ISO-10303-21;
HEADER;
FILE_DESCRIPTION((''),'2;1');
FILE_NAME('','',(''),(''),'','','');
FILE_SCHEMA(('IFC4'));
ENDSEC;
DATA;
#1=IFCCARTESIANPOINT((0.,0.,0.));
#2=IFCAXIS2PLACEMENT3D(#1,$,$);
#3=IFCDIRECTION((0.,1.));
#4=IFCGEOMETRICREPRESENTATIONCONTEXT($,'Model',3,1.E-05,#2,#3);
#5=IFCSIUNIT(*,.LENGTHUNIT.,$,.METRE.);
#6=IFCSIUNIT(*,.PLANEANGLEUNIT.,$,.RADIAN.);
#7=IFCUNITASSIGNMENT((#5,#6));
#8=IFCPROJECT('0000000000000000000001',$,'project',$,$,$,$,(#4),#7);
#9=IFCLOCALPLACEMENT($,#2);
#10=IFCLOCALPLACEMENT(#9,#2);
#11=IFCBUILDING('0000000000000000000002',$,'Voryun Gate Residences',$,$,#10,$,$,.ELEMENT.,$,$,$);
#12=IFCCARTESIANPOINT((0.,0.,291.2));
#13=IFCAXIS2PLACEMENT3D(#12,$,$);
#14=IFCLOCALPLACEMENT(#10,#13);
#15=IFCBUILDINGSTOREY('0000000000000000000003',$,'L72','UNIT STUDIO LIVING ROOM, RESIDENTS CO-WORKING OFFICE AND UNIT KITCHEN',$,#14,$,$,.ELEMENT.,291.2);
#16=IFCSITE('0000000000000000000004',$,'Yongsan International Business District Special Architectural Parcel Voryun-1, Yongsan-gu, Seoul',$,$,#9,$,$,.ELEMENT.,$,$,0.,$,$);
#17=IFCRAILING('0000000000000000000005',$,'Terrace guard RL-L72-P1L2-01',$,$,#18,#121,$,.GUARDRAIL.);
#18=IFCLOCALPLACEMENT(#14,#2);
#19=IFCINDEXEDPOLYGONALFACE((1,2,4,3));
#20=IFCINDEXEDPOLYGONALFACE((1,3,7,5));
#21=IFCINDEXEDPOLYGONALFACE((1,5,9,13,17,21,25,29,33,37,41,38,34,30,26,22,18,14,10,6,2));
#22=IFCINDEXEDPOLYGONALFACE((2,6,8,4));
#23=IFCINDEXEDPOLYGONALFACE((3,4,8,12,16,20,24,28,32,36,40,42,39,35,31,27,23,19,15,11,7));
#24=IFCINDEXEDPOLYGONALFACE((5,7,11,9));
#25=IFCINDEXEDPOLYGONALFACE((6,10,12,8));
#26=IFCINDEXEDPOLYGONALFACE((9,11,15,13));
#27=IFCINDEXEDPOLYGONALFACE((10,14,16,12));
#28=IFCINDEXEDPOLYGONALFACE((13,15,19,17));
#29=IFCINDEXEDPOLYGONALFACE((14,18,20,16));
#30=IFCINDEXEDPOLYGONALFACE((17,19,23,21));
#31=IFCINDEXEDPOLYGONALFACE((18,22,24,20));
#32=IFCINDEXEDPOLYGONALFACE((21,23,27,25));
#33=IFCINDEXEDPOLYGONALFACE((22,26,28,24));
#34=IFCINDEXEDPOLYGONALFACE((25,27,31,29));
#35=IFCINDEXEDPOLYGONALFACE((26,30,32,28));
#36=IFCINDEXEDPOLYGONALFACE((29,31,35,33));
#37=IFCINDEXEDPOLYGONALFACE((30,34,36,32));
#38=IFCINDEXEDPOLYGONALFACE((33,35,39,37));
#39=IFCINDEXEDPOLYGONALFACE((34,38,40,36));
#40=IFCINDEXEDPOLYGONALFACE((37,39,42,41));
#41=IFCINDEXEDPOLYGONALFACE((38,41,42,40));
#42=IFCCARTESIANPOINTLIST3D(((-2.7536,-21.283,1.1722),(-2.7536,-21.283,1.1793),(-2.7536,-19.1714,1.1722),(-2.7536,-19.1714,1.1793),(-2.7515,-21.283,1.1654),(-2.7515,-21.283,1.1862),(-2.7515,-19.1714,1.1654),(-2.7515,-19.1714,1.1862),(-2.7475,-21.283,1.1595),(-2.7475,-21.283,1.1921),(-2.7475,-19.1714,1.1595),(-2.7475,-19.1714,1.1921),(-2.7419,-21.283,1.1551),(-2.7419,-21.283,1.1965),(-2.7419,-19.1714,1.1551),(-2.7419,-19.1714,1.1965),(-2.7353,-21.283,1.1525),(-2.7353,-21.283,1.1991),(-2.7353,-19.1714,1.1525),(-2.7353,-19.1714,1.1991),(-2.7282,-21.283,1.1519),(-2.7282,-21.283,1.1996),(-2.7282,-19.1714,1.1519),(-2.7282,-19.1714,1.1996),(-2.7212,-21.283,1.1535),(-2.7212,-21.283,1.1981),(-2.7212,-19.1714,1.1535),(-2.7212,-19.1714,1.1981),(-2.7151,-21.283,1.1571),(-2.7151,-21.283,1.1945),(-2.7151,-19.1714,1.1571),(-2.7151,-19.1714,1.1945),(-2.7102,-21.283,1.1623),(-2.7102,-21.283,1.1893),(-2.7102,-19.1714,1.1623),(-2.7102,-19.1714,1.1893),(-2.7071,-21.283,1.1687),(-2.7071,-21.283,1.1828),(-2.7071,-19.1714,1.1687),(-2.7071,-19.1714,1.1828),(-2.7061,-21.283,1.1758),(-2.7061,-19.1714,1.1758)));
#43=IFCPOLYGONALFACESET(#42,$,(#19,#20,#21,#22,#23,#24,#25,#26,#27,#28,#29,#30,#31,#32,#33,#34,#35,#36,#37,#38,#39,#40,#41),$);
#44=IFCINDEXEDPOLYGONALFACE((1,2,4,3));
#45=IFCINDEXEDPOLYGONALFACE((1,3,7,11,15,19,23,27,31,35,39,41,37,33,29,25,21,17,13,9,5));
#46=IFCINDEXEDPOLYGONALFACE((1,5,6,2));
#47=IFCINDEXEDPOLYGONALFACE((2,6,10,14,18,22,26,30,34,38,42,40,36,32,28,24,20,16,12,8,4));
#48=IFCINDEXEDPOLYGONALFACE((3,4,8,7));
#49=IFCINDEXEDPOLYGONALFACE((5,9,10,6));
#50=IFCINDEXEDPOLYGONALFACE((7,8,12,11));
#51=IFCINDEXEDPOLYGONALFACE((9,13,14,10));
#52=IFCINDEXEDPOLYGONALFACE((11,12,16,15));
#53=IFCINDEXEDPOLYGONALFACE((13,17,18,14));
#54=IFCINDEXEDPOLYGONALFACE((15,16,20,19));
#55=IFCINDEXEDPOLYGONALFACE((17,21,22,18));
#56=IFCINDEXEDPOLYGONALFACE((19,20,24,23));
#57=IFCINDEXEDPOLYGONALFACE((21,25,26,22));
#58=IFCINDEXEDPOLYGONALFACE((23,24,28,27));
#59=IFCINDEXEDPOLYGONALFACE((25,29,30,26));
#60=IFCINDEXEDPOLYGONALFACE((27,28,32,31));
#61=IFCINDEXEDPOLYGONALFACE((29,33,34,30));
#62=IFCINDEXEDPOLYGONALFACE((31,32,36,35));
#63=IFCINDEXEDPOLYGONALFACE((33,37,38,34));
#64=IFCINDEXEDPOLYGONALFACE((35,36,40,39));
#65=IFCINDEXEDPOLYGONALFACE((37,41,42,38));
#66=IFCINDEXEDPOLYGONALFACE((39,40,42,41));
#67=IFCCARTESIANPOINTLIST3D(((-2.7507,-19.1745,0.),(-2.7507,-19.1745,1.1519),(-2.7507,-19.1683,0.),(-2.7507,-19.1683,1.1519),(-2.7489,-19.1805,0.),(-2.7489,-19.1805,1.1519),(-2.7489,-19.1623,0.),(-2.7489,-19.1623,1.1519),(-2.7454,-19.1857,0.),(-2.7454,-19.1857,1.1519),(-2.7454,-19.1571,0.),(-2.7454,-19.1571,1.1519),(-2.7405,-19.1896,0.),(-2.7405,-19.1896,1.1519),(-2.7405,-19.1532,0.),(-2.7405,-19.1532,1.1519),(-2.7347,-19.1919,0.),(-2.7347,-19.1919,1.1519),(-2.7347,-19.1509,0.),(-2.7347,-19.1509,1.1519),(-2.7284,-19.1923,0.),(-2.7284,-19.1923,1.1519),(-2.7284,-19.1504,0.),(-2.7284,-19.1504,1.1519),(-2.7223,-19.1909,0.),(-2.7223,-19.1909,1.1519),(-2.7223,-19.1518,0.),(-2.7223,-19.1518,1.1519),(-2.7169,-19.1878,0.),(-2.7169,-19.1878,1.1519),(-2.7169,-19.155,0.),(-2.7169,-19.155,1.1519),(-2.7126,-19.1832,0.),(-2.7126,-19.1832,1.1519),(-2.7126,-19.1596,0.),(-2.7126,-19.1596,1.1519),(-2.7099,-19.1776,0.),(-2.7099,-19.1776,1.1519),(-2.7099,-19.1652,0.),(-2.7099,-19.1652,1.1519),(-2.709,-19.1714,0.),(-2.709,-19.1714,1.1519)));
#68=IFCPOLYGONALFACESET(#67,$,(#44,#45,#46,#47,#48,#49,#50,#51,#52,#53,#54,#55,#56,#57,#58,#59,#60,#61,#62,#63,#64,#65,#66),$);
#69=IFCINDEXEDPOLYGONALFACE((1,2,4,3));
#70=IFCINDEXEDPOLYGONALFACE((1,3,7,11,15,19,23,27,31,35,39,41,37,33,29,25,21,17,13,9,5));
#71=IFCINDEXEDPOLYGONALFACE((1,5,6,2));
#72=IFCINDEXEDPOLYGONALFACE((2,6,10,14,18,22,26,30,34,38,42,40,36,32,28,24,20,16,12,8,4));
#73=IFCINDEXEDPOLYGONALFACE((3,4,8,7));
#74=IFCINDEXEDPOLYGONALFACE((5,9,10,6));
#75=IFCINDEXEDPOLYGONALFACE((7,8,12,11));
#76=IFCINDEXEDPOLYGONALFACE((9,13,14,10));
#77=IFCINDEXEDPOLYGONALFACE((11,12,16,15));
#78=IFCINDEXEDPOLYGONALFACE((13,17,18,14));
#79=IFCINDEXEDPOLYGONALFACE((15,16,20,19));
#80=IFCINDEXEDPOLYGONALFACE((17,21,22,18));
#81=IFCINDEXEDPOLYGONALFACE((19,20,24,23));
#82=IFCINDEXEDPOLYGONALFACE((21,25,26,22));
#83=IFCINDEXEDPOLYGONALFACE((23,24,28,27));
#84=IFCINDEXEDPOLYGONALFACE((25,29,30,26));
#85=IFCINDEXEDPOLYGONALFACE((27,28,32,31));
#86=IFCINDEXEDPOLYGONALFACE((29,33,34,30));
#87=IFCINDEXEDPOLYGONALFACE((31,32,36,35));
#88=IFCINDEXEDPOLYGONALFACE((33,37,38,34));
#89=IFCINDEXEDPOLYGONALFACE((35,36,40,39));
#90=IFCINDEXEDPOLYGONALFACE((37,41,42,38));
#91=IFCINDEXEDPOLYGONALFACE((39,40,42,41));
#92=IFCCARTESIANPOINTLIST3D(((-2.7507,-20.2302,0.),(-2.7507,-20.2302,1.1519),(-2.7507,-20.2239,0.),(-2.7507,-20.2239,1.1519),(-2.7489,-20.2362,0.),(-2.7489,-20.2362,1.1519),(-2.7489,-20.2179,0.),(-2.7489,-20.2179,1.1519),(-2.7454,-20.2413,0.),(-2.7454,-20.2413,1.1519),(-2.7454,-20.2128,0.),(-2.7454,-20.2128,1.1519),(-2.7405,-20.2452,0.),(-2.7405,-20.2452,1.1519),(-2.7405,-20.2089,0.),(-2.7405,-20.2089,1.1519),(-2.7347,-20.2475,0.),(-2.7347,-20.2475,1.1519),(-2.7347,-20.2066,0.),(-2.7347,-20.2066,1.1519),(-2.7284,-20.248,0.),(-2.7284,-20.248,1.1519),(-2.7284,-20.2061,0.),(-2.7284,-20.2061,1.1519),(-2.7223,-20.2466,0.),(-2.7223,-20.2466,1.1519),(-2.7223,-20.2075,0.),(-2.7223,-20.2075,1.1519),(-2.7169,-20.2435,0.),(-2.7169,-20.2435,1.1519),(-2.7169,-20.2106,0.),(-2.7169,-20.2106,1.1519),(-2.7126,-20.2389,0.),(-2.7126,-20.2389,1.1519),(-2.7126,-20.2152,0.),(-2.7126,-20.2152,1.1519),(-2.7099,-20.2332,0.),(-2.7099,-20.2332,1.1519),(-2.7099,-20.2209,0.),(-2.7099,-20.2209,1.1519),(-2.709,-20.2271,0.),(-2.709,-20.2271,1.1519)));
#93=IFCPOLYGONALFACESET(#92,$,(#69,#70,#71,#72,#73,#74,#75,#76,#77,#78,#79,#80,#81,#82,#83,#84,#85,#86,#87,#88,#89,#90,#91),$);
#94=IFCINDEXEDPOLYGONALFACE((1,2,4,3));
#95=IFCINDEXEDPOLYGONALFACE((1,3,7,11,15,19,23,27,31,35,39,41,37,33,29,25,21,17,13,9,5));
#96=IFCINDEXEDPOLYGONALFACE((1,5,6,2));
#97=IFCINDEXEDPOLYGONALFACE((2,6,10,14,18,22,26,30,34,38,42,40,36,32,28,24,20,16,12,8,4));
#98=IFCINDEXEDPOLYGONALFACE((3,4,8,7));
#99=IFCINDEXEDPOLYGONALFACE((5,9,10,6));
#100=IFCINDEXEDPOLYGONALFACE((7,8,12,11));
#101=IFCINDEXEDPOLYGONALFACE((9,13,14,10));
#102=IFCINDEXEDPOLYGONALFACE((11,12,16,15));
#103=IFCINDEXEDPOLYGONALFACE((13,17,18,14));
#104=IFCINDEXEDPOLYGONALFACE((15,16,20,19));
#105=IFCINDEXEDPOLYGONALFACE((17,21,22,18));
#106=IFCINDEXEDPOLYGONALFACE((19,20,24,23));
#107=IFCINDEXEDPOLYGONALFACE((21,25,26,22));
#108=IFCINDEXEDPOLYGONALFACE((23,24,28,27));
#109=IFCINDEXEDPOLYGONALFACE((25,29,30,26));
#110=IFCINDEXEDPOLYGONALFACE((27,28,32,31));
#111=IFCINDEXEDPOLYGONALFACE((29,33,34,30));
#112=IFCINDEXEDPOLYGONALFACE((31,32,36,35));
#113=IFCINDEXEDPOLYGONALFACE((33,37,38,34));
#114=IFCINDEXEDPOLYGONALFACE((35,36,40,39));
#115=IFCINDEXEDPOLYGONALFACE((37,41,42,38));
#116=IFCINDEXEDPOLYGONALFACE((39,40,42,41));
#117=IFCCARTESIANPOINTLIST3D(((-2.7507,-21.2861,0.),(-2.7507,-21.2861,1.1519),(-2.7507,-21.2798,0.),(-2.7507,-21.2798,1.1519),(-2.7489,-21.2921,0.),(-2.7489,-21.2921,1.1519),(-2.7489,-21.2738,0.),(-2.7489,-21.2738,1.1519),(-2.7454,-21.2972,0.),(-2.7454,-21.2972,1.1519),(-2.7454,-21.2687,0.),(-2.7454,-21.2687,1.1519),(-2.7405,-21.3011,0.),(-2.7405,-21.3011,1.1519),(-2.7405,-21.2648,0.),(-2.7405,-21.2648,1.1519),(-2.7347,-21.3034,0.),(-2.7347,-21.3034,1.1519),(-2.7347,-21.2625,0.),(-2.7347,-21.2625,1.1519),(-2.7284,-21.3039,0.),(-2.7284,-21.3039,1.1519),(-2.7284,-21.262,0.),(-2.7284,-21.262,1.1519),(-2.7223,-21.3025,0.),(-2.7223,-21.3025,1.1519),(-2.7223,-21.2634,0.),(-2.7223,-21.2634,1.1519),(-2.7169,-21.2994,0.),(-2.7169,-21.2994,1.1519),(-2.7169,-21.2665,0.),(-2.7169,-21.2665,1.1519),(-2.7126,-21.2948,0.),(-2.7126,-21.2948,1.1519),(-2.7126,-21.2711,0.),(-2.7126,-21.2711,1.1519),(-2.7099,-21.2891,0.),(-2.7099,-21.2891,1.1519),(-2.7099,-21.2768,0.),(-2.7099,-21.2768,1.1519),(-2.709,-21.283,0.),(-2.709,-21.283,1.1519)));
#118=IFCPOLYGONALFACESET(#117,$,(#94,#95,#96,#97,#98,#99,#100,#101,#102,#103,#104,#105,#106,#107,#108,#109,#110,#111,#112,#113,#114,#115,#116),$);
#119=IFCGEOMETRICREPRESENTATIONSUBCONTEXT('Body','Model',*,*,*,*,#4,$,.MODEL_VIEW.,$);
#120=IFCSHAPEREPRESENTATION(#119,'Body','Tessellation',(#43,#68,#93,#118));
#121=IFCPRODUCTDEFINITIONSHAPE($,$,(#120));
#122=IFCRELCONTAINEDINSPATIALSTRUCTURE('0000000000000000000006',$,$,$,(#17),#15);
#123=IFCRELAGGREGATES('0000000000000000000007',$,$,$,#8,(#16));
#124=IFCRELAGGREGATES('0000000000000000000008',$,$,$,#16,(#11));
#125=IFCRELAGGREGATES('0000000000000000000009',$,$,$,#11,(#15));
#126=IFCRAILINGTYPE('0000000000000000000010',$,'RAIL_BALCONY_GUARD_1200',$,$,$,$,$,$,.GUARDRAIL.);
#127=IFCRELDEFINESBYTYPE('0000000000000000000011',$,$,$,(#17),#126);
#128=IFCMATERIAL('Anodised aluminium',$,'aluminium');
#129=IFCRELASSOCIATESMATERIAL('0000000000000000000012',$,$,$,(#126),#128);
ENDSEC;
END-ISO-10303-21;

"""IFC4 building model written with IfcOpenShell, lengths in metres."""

from ifc_helpers import new_model, si_unit, direction, frame, origin, origin_2d, place, context, subcontext, project, spatial, circle, extrude, material, type_object, element, save


model = new_model("IFC4")

# Units and contexts
model_context = context("Model", 3, precision=1e-05, world=origin(), true_north=direction((0.0, 1.0)))
body_context = subcontext(model_context, "Body", "Model", "MODEL_VIEW")
ifc_project = project(units=[si_unit("LENGTHUNIT", "METRE"), si_unit("PLANEANGLEUNIT", "RADIAN")], contexts=[model_context])

# Site, building, storey
site_placement = place(None, origin())
site = spatial("IfcSite", under=ifc_project, at=site_placement, Name="Yongsan International Business District Special Architectural Parcel Voryun-1, Yongsan-gu, Seoul", CompositionType="ELEMENT", RefElevation=0.0)
building_placement = place(site_placement, origin())
building = spatial("IfcBuilding", under=site, at=building_placement, Name="Voryun Gate Residences", CompositionType="ELEMENT")
storey_placement = place(building_placement, frame((0.0, 0.0, 291.2)))
storey = spatial("IfcBuildingStorey", under=building, at=storey_placement, Name="L72", Description="UNIT STUDIO LIVING ROOM, RESIDENTS CO-WORKING OFFICE AND UNIT KITCHEN", CompositionType="ELEMENT", Elevation=291.2)

# Railing
ifc_material_1 = material(Name="Anodised aluminium", Category="aluminium")
railing_type = type_object("IfcRailingType", Name="RAIL_BALCONY_GUARD_1200", PredefinedType="GUARDRAIL", material=ifc_material_1)
railing_1_placement = place(storey_placement, frame((-2.73, -19.1714, 0.0)))
element("IfcRailing", 1, at=railing_1_placement, inside=storey, type_object=railing_type, Name="Terrace guard RL-L72-P1L2-01", PredefinedType="GUARDRAIL", context=body_context, shape_type="SweptSolid", body=[
    extrude(circle(Radius=0.0239, at=origin_2d()), frame((0.0, 0.0, 1.1758), z_axis=(0.0, -1.0, 0.0), x_axis=(1.0, 0.0, 0.0)), (0.0, 0.0, 1.0), 2.1116),
    extrude(circle(Radius=0.021, at=origin_2d()), origin(), (0.0, 0.0, 1.0), 1.1519),
    extrude(circle(Radius=0.021, at=origin_2d()), frame((0.0, -1.0557, 0.0)), (0.0, 0.0, 1.0), 1.1519),
    extrude(circle(Radius=0.021, at=origin_2d()), frame((0.0, -2.1116, 0.0)), (0.0, 0.0, 1.0), 1.1519),
])

save(model, "model.ifc")
